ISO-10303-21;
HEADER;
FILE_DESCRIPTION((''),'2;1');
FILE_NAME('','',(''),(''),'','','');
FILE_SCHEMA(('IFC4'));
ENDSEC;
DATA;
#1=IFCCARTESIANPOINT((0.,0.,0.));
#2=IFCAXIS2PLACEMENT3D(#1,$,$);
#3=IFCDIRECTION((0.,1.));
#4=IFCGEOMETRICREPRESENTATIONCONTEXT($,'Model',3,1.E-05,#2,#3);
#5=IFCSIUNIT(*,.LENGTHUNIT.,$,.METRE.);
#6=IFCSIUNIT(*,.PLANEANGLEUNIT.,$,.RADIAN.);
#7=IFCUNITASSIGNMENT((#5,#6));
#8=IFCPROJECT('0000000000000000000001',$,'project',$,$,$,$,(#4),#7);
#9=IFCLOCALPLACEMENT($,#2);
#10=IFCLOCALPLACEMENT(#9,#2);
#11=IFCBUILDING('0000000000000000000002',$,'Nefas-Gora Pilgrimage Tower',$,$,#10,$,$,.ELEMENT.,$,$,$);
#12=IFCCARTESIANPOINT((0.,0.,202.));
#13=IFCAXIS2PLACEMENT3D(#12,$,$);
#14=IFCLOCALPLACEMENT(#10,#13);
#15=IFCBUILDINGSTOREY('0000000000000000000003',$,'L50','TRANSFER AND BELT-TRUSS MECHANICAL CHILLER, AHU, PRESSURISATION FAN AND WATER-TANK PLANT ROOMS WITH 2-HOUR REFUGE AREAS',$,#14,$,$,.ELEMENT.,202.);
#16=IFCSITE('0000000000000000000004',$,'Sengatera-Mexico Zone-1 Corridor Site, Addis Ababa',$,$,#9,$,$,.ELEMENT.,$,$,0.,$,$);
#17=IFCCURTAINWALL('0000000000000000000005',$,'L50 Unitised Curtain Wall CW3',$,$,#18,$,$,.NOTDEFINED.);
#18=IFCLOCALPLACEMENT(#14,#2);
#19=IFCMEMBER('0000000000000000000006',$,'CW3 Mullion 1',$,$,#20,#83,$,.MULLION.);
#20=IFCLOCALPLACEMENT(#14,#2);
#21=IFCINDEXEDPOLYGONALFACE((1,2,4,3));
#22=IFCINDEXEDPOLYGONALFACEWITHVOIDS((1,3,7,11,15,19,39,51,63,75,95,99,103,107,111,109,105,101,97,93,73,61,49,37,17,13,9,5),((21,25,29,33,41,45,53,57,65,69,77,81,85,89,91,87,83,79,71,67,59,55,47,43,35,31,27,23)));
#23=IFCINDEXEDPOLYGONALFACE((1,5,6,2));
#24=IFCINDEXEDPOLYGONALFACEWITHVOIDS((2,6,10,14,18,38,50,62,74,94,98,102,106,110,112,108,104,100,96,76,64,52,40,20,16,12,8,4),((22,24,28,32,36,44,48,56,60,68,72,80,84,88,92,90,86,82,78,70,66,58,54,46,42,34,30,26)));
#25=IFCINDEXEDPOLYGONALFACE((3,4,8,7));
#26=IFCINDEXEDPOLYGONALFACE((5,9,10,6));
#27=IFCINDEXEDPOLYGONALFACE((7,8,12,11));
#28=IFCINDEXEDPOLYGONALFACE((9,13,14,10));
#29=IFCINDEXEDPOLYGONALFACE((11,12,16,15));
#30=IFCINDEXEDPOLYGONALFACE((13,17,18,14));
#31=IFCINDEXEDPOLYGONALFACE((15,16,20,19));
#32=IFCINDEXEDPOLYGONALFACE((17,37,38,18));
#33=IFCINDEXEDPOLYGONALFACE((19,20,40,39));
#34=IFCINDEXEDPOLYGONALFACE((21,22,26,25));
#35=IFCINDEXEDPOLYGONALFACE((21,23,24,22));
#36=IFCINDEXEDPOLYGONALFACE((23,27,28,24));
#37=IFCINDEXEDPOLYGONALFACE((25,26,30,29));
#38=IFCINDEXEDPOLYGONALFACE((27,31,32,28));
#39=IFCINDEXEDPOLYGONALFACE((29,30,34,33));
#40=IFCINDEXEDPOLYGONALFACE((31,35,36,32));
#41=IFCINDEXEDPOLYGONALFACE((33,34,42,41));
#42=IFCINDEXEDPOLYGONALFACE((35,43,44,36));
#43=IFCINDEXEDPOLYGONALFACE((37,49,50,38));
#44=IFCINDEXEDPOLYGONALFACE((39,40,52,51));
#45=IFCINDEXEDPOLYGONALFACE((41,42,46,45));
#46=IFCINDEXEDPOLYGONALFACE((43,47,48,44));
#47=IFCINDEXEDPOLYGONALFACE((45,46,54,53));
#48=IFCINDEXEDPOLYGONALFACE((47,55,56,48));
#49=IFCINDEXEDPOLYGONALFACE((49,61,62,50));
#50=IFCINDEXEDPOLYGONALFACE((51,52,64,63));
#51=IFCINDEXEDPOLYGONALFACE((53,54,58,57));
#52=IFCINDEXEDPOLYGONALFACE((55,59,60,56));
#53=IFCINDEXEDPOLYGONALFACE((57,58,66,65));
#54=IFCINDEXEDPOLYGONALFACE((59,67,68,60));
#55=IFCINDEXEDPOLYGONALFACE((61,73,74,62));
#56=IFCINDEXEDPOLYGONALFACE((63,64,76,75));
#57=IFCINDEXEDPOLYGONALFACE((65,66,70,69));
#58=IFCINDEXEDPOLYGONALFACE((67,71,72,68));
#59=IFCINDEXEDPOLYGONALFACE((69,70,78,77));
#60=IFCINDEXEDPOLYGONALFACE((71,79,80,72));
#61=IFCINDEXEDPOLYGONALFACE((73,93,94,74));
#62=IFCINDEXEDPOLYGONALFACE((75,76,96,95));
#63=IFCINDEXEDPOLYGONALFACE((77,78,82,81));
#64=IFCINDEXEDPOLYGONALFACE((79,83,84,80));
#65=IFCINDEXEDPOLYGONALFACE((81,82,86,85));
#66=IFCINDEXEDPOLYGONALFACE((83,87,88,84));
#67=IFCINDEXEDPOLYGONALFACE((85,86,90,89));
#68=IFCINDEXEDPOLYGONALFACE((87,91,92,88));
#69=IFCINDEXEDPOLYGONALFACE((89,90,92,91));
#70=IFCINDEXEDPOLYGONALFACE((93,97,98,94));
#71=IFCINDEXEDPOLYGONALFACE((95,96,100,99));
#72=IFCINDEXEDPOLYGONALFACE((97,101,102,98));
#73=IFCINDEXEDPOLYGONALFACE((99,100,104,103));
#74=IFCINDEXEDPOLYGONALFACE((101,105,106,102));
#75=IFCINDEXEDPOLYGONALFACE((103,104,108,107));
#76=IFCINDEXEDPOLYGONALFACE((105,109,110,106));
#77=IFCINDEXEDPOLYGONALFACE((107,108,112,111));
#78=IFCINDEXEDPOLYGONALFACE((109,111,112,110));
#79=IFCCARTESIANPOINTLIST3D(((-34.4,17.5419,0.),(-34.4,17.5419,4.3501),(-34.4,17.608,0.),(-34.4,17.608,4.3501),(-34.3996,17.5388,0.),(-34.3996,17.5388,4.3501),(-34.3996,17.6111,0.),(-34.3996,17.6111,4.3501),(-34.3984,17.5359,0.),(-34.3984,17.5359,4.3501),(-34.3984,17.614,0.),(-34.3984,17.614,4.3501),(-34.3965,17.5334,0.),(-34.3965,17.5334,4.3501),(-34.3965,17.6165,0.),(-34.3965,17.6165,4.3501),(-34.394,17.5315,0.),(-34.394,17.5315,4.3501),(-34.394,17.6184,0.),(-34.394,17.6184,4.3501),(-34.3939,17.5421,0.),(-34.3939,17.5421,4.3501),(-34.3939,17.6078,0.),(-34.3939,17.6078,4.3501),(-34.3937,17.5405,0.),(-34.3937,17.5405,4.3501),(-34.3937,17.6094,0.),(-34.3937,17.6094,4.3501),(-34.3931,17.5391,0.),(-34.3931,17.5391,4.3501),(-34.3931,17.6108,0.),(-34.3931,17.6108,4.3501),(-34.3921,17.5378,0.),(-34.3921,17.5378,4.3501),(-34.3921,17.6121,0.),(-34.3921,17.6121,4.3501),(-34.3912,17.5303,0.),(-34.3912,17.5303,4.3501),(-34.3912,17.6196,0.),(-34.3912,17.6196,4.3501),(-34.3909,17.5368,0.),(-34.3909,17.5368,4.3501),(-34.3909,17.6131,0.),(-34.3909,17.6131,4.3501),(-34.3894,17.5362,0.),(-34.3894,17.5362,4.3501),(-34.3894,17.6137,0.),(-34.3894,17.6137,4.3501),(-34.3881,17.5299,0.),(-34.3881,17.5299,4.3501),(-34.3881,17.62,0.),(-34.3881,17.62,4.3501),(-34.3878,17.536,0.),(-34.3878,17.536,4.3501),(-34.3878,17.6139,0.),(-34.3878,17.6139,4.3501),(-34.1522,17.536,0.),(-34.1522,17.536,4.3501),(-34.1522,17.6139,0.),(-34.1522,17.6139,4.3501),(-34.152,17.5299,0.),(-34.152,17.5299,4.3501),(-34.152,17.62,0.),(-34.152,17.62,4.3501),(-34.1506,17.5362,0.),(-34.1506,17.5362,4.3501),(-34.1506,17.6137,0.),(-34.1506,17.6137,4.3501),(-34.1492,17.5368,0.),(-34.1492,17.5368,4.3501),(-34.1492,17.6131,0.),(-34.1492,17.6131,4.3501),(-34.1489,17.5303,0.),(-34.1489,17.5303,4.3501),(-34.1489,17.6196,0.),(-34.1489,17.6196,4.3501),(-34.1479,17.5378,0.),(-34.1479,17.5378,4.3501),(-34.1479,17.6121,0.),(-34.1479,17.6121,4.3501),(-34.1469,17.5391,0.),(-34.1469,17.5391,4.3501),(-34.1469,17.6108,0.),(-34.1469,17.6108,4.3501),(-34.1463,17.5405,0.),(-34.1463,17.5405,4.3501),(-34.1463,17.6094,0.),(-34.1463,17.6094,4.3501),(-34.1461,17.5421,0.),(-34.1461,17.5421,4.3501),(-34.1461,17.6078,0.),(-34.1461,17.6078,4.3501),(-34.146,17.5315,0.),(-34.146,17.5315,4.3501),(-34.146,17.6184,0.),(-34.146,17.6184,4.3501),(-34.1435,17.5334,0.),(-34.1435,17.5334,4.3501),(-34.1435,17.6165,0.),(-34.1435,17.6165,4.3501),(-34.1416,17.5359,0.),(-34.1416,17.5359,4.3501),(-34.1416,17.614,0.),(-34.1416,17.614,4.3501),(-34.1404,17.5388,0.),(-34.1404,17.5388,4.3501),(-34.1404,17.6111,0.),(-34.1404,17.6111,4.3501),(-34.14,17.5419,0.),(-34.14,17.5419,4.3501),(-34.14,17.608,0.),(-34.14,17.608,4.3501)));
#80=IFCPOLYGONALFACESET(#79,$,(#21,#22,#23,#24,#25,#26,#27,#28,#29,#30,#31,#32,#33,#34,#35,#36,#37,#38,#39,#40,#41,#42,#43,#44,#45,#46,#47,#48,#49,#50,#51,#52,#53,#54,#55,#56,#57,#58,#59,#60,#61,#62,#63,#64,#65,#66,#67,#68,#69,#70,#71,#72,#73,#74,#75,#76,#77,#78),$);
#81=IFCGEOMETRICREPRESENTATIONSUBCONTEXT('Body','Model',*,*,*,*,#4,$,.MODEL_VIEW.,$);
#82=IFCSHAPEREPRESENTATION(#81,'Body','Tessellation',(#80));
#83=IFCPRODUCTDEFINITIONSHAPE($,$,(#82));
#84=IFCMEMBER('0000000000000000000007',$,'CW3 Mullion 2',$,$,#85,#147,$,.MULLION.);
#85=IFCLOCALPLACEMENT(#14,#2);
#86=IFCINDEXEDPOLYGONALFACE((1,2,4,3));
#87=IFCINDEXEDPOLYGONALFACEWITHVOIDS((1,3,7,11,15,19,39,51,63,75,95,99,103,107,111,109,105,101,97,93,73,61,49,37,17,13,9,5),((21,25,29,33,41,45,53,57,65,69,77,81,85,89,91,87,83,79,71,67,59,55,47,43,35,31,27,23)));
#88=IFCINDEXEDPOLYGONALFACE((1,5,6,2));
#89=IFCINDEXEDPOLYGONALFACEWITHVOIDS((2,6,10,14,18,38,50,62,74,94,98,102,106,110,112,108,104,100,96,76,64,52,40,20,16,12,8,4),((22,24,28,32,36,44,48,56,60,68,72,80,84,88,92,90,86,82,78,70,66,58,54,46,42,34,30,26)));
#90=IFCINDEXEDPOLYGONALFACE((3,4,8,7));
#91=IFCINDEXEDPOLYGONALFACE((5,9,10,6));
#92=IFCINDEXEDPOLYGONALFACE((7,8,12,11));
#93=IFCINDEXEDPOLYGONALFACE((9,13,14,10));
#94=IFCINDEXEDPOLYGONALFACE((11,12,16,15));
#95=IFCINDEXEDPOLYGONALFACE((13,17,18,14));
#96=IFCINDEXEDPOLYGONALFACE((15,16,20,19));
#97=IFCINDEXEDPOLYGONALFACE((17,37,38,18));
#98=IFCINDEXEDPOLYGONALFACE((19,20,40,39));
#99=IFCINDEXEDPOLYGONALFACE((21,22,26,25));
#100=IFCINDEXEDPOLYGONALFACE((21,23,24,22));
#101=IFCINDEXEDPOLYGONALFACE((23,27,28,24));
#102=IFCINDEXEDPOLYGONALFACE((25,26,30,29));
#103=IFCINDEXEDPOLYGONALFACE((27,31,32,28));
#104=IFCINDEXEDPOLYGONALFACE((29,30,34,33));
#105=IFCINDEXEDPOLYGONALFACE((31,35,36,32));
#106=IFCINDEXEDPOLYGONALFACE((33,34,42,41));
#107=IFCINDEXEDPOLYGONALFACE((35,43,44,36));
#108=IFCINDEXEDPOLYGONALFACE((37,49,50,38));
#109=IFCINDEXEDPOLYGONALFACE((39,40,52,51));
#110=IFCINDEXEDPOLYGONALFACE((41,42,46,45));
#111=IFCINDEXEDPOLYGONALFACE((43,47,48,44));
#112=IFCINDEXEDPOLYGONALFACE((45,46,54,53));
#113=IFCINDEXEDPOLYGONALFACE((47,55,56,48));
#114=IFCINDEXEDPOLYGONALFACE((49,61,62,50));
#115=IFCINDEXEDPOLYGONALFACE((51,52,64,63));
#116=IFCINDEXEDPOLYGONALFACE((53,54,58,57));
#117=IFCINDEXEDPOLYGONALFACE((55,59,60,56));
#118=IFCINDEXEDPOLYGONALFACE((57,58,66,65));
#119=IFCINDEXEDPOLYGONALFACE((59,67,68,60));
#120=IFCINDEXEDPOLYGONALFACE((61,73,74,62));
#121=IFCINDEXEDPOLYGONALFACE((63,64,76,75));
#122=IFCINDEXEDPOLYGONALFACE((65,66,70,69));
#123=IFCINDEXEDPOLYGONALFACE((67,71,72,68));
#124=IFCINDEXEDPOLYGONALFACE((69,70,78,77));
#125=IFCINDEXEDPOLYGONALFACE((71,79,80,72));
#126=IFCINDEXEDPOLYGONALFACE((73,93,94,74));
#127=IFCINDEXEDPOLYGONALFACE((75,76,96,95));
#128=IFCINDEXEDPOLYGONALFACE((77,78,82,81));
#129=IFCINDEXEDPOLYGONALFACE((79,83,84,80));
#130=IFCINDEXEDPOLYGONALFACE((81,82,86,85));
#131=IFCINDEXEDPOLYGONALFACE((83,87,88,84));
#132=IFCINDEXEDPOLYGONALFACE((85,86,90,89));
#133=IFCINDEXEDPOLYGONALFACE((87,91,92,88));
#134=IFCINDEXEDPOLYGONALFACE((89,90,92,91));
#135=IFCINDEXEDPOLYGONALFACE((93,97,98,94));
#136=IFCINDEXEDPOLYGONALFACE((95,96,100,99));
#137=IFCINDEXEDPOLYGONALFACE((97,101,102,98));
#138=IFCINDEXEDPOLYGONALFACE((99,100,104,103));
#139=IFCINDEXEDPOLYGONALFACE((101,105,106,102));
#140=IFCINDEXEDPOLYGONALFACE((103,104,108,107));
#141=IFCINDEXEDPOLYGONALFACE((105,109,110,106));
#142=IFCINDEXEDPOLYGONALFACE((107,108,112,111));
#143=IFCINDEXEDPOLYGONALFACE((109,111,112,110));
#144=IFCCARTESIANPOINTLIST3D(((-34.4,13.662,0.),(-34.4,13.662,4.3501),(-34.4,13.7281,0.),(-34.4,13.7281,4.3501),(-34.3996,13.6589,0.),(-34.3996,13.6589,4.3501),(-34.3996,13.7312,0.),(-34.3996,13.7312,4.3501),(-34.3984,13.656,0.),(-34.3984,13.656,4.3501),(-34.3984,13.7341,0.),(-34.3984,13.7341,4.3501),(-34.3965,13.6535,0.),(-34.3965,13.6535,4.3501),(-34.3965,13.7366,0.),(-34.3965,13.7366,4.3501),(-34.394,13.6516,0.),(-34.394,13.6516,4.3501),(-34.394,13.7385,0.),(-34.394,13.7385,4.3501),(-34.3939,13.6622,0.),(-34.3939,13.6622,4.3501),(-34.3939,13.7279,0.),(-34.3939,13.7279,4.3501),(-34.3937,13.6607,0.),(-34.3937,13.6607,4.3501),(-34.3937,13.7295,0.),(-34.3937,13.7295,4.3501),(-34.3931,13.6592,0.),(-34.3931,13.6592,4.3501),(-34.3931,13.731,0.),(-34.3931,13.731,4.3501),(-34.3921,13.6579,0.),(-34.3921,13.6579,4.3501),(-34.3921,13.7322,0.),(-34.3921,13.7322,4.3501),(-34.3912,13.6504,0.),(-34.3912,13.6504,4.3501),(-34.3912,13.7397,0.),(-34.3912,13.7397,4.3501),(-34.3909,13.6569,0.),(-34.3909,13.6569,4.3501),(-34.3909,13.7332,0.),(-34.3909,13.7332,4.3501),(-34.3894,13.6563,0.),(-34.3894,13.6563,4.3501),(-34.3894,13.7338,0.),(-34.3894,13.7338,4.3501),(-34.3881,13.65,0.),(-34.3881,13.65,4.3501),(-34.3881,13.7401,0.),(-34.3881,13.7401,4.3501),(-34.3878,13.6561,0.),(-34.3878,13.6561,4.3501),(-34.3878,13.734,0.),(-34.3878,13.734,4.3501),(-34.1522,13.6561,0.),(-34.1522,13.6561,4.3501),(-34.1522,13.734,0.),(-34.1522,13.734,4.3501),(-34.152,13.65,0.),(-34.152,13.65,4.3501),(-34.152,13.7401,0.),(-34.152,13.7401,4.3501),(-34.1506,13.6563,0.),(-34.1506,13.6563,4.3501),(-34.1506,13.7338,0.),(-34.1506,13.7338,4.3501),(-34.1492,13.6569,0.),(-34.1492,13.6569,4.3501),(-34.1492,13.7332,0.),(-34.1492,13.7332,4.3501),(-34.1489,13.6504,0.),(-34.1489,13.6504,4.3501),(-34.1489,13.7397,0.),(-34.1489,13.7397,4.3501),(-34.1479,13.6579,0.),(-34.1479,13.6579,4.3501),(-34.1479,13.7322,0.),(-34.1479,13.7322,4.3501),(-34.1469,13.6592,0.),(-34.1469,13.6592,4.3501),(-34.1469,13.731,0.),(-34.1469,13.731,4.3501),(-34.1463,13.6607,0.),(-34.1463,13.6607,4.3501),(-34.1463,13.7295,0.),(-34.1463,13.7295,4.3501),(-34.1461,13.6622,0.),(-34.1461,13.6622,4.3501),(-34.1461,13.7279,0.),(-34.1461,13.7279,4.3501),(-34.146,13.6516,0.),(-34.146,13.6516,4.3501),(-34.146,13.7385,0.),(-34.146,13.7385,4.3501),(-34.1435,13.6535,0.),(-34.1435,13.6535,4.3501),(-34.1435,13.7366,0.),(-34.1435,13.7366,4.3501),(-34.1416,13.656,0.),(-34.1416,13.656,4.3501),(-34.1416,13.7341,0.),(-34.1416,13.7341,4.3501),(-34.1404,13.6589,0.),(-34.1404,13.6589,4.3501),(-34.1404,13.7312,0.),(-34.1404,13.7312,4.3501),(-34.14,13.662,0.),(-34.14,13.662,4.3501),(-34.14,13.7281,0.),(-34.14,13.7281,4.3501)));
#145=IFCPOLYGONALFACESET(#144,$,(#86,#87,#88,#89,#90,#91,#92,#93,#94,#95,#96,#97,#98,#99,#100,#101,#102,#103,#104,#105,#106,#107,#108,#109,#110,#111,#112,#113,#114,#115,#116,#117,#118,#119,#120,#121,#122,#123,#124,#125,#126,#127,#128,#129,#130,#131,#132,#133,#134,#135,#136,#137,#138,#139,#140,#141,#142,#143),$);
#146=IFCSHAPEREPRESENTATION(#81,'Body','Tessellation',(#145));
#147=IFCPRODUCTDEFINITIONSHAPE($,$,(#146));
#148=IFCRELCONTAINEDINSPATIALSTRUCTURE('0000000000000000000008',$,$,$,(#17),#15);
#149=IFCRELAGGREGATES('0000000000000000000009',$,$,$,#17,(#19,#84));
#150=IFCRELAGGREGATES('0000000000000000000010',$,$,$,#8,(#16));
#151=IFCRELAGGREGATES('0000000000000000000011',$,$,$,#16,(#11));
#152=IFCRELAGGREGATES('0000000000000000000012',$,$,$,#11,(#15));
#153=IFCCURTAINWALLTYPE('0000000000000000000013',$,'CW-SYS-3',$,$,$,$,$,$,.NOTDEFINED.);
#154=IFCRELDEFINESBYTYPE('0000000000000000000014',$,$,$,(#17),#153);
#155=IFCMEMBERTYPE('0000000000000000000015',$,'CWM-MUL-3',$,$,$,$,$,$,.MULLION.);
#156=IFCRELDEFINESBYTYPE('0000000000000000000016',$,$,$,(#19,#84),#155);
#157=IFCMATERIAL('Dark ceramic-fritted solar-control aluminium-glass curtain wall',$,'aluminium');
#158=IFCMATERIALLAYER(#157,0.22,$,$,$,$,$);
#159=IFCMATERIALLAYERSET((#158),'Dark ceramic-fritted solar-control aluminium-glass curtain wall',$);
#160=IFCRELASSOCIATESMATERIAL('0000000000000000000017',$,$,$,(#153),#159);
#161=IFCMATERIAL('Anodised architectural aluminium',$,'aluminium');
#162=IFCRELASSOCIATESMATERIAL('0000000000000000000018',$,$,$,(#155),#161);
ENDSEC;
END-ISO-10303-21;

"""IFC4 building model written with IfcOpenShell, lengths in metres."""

from ifc_helpers import new_model, si_unit, direction, frame, origin, origin_2d, place, context, subcontext, project, spatial, hollow_rectangle, extrude, source, transform, mapped, material, layer, layer_set, material_profile, profile_set, type_object, element, aggregate, save


model = new_model("IFC4")

# Units and contexts
model_context = context("Model", 3, precision=1e-05, world=origin(), true_north=direction((0.0, 1.0)))
body_context = subcontext(model_context, "Body", "Model", "MODEL_VIEW")
ifc_project = project(units=[si_unit("LENGTHUNIT", "METRE"), si_unit("PLANEANGLEUNIT", "RADIAN")], contexts=[model_context])

# Site, building, storey
site_placement = place(None, origin())
site = spatial("IfcSite", under=ifc_project, at=site_placement, Name="Sengatera-Mexico Zone-1 Corridor Site, Addis Ababa", CompositionType="ELEMENT", RefElevation=0.0)
building_placement = place(site_placement, origin())
building = spatial("IfcBuilding", under=site, at=building_placement, Name="Nefas-Gora Pilgrimage Tower", CompositionType="ELEMENT")
storey_placement = place(building_placement, frame((0.0, 0.0, 202.0)))
storey = spatial("IfcBuildingStorey", under=building, at=storey_placement, Name="L50", Description="TRANSFER AND BELT-TRUSS MECHANICAL CHILLER, AHU, PRESSURISATION FAN AND WATER-TANK PLANT ROOMS WITH 2-HOUR REFUGE AREAS", CompositionType="ELEMENT", Elevation=202.0)

# Curtain wall, members
ifc_material_1 = material(Name="Dark ceramic-fritted solar-control aluminium-glass curtain wall", Category="aluminium")
ifc_layer_1 = layer(ifc_material_1, 0.22)
ifc_layer_set_1 = layer_set([ifc_layer_1], Name="Dark ceramic-fritted solar-control aluminium-glass curtain wall")
curtain_wall_type = type_object("IfcCurtainWallType", Name="CW-SYS-3", PredefinedType="NOTDEFINED", material=ifc_layer_set_1)
ifc_material_2 = material(Name="Anodised architectural aluminium", Category="aluminium")
ifc_material_profile_1 = material_profile(ifc_material_2, hollow_rectangle(XDim=0.0901, YDim=0.26, WallThickness=0.0061, InnerFilletRadius=0.0061, OuterFilletRadius=0.012, at=origin_2d()), Name="ALU MULLION 90x260")
ifc_profile_set_1 = profile_set([ifc_material_profile_1], Name="Anodised architectural aluminium")
member_type_1 = type_object("IfcMemberType", Name="CWM-MUL-3", PredefinedType="MULLION", material=ifc_profile_set_1)
shared_shape_1 = source(origin(), body_context, "Body", "SweptSolid", [
    extrude(hollow_rectangle(XDim=0.0901, YDim=0.26, WallThickness=0.0061, InnerFilletRadius=0.0061, OuterFilletRadius=0.012, at=origin_2d()), origin(), (0.0, 0.0, 1.0), 4.3501),
])
curtain_wall_1_placement = place(storey_placement, origin())
curtain_wall_1 = element("IfcCurtainWall", 1, at=curtain_wall_1_placement, inside=storey, type_object=curtain_wall_type, Name="L50 Unitised Curtain Wall CW3", PredefinedType="NOTDEFINED")
member_1_placement = place(storey_placement, frame((-34.27, 17.575, 0.0), z_axis=(0.0, 0.0, 1.0), x_axis=(0.0, -1.0, 0.0)))
member_1 = element("IfcMember", 2, at=member_1_placement, type_object=member_type_1, Name="CW3 Mullion 1", PredefinedType="MULLION", context=body_context, shape_type="MappedRepresentation", body=[
    mapped(shared_shape_1, transform((0.0, 0.0, 0.0), x_axis=(1.0, 0.0, 0.0), y_axis=(0.0, 1.0, 0.0), z_axis=(0.0, 0.0, 1.0), scale=1.0)),
])
member_2_placement = place(storey_placement, frame((-34.27, 13.6951, 0.0), z_axis=(0.0, 0.0, 1.0), x_axis=(0.0, -1.0, 0.0)))
member_2 = element("IfcMember", 3, at=member_2_placement, type_object=member_type_1, Name="CW3 Mullion 2", PredefinedType="MULLION", context=body_context, shape_type="MappedRepresentation", body=[
    mapped(shared_shape_1, transform((0.0, 0.0, 0.0), x_axis=(1.0, 0.0, 0.0), y_axis=(0.0, 1.0, 0.0), z_axis=(0.0, 0.0, 1.0), scale=1.0)),
])

aggregate(curtain_wall_1, [member_1, member_2])

save(model, "model.ifc")
